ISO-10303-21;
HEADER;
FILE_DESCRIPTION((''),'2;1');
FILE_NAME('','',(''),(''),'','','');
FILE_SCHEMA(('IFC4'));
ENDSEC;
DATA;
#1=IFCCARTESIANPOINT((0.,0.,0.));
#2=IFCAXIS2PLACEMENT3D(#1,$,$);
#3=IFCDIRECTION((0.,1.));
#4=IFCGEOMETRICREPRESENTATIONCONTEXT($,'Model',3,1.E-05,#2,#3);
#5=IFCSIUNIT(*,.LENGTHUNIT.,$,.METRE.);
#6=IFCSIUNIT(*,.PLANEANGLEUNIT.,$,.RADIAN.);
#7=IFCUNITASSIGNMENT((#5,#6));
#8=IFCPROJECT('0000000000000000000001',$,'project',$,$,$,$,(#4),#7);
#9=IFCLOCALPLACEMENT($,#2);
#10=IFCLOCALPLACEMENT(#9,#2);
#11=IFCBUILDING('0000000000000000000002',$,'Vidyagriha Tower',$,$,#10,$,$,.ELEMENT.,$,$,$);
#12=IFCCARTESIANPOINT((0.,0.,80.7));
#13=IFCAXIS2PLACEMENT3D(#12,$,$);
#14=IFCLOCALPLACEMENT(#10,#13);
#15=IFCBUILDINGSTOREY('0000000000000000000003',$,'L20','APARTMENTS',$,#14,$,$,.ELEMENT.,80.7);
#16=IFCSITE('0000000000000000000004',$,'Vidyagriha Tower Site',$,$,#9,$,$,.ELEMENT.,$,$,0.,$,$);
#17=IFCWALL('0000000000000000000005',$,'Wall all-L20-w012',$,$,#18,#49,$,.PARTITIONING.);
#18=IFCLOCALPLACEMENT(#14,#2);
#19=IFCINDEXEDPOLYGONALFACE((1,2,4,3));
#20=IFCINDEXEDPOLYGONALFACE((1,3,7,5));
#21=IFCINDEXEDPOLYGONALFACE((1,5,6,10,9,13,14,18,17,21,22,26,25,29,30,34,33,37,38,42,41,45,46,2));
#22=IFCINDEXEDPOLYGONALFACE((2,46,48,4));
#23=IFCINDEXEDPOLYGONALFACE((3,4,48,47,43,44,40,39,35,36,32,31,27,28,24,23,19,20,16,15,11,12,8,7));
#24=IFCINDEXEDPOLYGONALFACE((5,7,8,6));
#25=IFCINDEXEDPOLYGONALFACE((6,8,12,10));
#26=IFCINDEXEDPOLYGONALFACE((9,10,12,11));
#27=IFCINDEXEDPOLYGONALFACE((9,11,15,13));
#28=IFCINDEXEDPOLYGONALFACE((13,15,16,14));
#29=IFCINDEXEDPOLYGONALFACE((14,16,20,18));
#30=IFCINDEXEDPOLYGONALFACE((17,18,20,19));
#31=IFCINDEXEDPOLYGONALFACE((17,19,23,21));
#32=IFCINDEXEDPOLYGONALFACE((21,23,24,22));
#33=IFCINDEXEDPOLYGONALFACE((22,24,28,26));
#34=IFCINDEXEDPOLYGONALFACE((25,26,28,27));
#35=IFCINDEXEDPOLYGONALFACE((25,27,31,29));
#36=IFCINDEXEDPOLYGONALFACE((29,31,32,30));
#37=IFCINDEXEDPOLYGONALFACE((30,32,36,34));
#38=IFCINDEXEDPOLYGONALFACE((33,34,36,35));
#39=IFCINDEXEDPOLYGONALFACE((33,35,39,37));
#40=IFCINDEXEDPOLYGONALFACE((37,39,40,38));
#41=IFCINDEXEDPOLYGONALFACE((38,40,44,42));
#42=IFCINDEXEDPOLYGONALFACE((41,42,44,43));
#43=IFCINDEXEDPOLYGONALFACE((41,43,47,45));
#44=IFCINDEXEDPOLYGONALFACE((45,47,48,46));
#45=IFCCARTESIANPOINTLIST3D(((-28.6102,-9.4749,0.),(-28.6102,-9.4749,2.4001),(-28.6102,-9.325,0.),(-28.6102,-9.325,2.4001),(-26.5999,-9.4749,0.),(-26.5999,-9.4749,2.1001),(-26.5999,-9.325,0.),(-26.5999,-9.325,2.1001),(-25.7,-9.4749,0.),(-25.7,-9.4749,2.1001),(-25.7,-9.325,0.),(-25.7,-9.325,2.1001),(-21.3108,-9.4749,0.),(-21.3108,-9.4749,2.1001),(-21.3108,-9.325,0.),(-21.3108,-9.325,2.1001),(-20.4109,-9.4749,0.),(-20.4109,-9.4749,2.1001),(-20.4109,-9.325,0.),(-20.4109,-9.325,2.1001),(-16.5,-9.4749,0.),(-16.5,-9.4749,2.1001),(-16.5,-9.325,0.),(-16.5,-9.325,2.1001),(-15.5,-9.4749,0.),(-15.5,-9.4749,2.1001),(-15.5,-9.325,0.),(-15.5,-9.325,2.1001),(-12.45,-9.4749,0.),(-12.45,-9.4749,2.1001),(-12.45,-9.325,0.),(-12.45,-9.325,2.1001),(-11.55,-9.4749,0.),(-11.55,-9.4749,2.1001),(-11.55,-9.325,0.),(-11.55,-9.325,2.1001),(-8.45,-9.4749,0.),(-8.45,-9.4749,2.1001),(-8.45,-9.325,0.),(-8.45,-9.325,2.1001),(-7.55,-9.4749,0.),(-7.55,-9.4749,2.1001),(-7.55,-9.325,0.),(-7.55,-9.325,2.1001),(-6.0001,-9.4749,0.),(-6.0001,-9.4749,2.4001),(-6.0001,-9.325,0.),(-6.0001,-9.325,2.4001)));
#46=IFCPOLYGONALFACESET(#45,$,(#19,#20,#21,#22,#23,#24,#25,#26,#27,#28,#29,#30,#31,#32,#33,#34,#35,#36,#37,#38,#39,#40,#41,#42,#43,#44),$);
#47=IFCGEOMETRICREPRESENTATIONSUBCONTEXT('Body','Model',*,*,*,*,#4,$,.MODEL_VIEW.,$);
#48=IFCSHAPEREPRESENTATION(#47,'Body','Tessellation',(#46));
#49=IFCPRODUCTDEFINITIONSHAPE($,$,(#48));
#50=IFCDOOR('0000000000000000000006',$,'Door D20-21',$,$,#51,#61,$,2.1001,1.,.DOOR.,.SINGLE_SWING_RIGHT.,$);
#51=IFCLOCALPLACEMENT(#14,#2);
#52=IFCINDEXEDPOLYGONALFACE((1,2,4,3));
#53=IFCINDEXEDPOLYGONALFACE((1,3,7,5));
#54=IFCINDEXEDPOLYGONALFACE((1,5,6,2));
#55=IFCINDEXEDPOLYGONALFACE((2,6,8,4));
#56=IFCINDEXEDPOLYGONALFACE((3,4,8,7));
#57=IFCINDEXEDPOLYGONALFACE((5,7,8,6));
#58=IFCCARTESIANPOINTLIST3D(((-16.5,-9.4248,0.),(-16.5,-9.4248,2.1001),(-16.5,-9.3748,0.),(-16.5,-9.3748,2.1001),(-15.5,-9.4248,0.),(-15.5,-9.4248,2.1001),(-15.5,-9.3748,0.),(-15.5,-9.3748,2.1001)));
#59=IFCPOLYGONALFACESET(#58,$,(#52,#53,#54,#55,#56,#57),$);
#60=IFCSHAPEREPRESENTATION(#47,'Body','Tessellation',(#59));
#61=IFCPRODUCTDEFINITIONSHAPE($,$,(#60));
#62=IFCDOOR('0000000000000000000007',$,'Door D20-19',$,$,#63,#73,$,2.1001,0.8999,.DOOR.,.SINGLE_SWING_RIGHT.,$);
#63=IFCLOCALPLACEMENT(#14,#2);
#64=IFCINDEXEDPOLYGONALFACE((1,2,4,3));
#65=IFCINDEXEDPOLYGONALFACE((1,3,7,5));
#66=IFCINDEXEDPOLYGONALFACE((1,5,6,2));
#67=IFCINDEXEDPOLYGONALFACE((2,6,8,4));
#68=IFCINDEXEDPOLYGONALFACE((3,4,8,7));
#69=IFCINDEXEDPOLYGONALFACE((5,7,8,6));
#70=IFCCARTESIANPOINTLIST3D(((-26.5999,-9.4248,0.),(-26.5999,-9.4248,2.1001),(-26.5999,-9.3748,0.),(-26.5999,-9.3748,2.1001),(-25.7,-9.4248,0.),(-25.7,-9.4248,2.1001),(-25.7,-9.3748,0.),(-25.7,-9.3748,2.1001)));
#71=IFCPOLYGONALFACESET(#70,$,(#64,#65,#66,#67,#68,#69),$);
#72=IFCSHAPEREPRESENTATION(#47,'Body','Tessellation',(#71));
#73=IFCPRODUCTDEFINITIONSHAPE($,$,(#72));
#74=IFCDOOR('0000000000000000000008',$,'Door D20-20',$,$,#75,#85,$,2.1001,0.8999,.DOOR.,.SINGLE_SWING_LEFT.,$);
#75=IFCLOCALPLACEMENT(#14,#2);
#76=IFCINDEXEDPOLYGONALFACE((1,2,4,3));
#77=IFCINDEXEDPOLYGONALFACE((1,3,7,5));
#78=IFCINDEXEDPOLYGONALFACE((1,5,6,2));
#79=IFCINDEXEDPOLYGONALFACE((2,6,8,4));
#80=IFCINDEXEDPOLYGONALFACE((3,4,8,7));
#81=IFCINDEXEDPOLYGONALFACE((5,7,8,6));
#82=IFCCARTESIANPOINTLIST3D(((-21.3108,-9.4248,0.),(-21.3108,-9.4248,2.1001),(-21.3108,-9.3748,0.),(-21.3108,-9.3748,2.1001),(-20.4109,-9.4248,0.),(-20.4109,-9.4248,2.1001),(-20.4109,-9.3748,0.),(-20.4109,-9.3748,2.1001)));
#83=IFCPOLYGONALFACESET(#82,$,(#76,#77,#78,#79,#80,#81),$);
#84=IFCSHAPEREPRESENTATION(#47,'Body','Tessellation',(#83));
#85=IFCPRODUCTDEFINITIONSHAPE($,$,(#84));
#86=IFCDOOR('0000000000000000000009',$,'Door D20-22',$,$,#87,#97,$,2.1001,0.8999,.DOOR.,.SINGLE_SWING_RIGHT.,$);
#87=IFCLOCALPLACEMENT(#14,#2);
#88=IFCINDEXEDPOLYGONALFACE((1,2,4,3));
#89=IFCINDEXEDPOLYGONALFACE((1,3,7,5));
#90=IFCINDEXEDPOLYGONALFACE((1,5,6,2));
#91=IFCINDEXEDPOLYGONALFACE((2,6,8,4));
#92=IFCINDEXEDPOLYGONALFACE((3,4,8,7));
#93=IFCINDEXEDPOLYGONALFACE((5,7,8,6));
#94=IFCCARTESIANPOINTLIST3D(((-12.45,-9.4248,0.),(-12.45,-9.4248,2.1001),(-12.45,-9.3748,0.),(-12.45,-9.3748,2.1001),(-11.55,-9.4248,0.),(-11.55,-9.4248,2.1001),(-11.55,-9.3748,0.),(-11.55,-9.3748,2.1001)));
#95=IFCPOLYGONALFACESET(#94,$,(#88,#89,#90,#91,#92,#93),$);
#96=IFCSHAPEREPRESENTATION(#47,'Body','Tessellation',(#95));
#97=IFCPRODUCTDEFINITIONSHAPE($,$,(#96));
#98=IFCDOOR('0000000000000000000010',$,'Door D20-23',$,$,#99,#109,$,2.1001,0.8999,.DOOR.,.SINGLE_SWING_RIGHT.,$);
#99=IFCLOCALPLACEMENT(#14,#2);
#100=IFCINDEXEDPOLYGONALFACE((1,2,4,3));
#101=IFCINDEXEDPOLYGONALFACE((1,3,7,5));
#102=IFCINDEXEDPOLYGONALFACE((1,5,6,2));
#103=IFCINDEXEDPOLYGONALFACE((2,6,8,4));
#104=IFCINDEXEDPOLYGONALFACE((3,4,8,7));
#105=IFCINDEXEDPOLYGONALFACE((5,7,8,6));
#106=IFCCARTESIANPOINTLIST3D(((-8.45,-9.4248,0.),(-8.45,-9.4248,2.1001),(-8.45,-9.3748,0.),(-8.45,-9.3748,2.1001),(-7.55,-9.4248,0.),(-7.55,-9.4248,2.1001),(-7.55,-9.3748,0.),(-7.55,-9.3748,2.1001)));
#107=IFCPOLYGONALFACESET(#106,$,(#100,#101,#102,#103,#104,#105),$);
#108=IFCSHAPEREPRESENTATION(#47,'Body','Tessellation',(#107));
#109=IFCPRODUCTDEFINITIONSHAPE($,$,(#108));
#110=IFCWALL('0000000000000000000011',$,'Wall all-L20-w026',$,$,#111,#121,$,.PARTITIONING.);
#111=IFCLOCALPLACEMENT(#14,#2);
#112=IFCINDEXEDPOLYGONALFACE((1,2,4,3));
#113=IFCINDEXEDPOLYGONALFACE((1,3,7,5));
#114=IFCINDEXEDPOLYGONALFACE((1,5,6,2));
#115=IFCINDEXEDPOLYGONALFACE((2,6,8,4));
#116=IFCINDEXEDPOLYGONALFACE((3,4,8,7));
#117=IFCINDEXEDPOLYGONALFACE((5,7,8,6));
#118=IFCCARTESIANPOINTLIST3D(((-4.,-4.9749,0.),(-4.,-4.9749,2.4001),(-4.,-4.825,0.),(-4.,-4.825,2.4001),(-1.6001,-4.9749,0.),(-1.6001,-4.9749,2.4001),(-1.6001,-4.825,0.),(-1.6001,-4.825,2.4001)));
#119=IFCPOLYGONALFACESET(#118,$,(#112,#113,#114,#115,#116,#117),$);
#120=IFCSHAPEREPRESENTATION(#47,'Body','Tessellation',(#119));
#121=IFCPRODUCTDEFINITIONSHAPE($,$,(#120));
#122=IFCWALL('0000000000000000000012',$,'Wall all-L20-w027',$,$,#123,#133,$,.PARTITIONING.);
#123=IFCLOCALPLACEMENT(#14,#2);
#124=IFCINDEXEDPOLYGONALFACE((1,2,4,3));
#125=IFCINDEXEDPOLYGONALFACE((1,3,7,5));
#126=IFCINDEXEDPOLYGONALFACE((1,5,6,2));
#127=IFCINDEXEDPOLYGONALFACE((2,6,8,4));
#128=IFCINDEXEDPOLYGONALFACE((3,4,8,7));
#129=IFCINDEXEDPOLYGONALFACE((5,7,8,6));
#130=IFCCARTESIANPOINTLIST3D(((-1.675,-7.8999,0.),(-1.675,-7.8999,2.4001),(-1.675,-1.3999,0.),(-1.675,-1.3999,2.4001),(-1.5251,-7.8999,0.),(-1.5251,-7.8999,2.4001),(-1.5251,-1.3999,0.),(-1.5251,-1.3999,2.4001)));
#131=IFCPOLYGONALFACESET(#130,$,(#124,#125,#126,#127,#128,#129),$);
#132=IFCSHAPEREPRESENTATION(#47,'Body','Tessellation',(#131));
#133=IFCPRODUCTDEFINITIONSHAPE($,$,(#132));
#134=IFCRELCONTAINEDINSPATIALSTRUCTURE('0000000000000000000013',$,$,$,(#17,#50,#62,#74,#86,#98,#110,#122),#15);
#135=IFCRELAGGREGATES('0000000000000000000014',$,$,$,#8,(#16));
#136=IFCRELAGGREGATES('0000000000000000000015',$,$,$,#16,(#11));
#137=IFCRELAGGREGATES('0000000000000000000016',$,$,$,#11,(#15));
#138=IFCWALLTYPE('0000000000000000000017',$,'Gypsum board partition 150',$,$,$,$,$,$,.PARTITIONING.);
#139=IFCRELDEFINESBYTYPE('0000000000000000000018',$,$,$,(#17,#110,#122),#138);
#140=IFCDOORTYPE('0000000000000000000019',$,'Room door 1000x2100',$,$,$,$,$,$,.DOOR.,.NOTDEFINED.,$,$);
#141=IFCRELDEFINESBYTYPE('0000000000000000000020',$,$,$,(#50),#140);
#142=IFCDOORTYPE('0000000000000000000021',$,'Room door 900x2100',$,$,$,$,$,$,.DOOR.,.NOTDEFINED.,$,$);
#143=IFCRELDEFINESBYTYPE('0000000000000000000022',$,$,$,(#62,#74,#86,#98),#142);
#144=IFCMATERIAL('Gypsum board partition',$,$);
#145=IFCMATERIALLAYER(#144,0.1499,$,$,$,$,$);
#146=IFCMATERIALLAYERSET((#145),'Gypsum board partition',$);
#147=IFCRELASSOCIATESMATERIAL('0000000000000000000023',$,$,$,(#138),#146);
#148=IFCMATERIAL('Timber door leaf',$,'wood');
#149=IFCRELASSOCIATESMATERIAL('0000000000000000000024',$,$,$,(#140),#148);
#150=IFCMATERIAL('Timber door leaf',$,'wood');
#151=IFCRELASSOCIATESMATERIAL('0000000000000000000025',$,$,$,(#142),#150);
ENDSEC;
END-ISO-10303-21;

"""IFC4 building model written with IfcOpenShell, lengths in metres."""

from ifc_helpers import new_model, si_unit, direction, frame, frame_2d, origin, place, context, subcontext, project, spatial, rectangle, extrude, material, layer, layer_set, type_object, element, fill, save


model = new_model("IFC4")

# Units and contexts
model_context = context("Model", 3, precision=1e-05, world=origin(), true_north=direction((0.0, 1.0)))
body_context = subcontext(model_context, "Body", "Model", "MODEL_VIEW")
ifc_project = project(units=[si_unit("LENGTHUNIT", "METRE"), si_unit("PLANEANGLEUNIT", "RADIAN")], contexts=[model_context])

# Site, building, storey
site_placement = place(None, origin())
site = spatial("IfcSite", under=ifc_project, at=site_placement, Name="Vidyagriha Tower Site", CompositionType="ELEMENT", RefElevation=0.0)
building_placement = place(site_placement, origin())
building = spatial("IfcBuilding", under=site, at=building_placement, Name="Vidyagriha Tower", CompositionType="ELEMENT")
storey_placement = place(building_placement, frame((0.0, 0.0, 80.7)))
storey = spatial("IfcBuildingStorey", under=building, at=storey_placement, Name="L20", Description="APARTMENTS", CompositionType="ELEMENT", Elevation=80.7)

# Shared definitions
ifc_material_1 = material(Name="Gypsum board partition")
ifc_layer_1 = layer(ifc_material_1, 0.1499)
ifc_layer_set_1 = layer_set([ifc_layer_1], Name="Gypsum board partition")
wall_type_1 = type_object("IfcWallType", Name="Gypsum board partition 150", PredefinedType="PARTITIONING", material=ifc_layer_set_1)

# Wall, openings, doors
wall_1_placement = place(storey_placement, frame((-6.0, -9.3999, 0.0), z_axis=(0.0, 0.0, 1.0), x_axis=(-1.0, 0.0, 0.0)))
wall_1 = element("IfcWall", 1, at=wall_1_placement, inside=storey, type_object=wall_type_1, Name="Wall all-L20-w012", PredefinedType="PARTITIONING", context=body_context, shape_type="SweptSolid", body=[
    extrude(rectangle(XDim=22.6101, YDim=0.1499, at=frame_2d((11.3052, 0.0))), origin(), (0.0, 0.0, 1.0), 2.4001),
])
opening_1_placement = place(wall_1_placement, frame((19.7, 0.0, 0.0)))
opening_1 = element("IfcOpeningElement", 2, at=opening_1_placement, cuts=wall_1, PredefinedType="OPENING", context=body_context, shape_type="SweptSolid", body=[
    extrude(rectangle(XDim=0.8999, YDim=2.1001, at=frame_2d((0.45, 1.05))), frame((0.0, 0.085, 0.0), z_axis=(0.0, -1.0, 0.0), x_axis=(1.0, 0.0, 0.0)), (0.0, 0.0, 1.0), 0.1699),
])
opening_2_placement = place(wall_1_placement, frame((14.4109, 0.0, 0.0)))
opening_2 = element("IfcOpeningElement", 3, at=opening_2_placement, cuts=wall_1, PredefinedType="OPENING", context=body_context, shape_type="SweptSolid", body=[
    extrude(rectangle(XDim=0.8999, YDim=2.1001, at=frame_2d((0.45, 1.05))), frame((0.0, 0.085, 0.0), z_axis=(0.0, -1.0, 0.0), x_axis=(1.0, 0.0, 0.0)), (0.0, 0.0, 1.0), 0.1699),
])
opening_3_placement = place(wall_1_placement, frame((9.5, 0.0, 0.0)))
opening_3 = element("IfcOpeningElement", 4, at=opening_3_placement, cuts=wall_1, PredefinedType="OPENING", context=body_context, shape_type="SweptSolid", body=[
    extrude(rectangle(XDim=1.0, YDim=2.1001, at=frame_2d((0.5, 1.05))), frame((0.0, 0.085, 0.0), z_axis=(0.0, -1.0, 0.0), x_axis=(1.0, 0.0, 0.0)), (0.0, 0.0, 1.0), 0.1699),
])
opening_4_placement = place(wall_1_placement, frame((5.55, 0.0, 0.0)))
opening_4 = element("IfcOpeningElement", 5, at=opening_4_placement, cuts=wall_1, PredefinedType="OPENING", context=body_context, shape_type="SweptSolid", body=[
    extrude(rectangle(XDim=0.8999, YDim=2.1001, at=frame_2d((0.45, 1.05))), frame((0.0, 0.085, 0.0), z_axis=(0.0, -1.0, 0.0), x_axis=(1.0, 0.0, 0.0)), (0.0, 0.0, 1.0), 0.1699),
])
opening_5_placement = place(wall_1_placement, frame((1.55, 0.0, 0.0)))
opening_5 = element("IfcOpeningElement", 6, at=opening_5_placement, cuts=wall_1, PredefinedType="OPENING", context=body_context, shape_type="SweptSolid", body=[
    extrude(rectangle(XDim=0.8999, YDim=2.1001, at=frame_2d((0.45, 1.05))), frame((0.0, 0.085, 0.0), z_axis=(0.0, -1.0, 0.0), x_axis=(1.0, 0.0, 0.0)), (0.0, 0.0, 1.0), 0.1699),
])
ifc_material_2 = material(Name="Timber door leaf", Category="wood")
door_type_1 = type_object("IfcDoorType", Name="Room door 1000x2100", OperationType="NOTDEFINED", PredefinedType="DOOR", material=ifc_material_2)
door_1_placement = place(opening_3_placement, origin())
door_1 = element("IfcDoor", 7, at=door_1_placement, inside=storey, type_object=door_type_1, Name="Door D20-21", OperationType="SINGLE_SWING_RIGHT", OverallHeight=2.1001, OverallWidth=1.0, PredefinedType="DOOR", context=body_context, shape_type="SweptSolid", body=[
    extrude(rectangle(XDim=1.0, YDim=2.1001, at=frame_2d((0.5, 1.05))), frame((0.0, 0.0249, 0.0), z_axis=(0.0, -1.0, 0.0), x_axis=(1.0, 0.0, 0.0)), (0.0, 0.0, 1.0), 0.05),
])
fill(opening_3, door_1)
ifc_material_3 = material(Name="Timber door leaf", Category="wood")
door_type_2 = type_object("IfcDoorType", Name="Room door 900x2100", OperationType="NOTDEFINED", PredefinedType="DOOR", material=ifc_material_3)
door_2_placement = place(opening_1_placement, origin())
door_2 = element("IfcDoor", 8, at=door_2_placement, inside=storey, type_object=door_type_2, Name="Door D20-19", OperationType="SINGLE_SWING_RIGHT", OverallHeight=2.1001, OverallWidth=0.8999, PredefinedType="DOOR", context=body_context, shape_type="SweptSolid", body=[
    extrude(rectangle(XDim=0.8999, YDim=2.1001, at=frame_2d((0.45, 1.05))), frame((0.0, 0.0249, 0.0), z_axis=(0.0, -1.0, 0.0), x_axis=(1.0, 0.0, 0.0)), (0.0, 0.0, 1.0), 0.05),
])
fill(opening_1, door_2)
door_3_placement = place(opening_2_placement, origin())
door_3 = element("IfcDoor", 9, at=door_3_placement, inside=storey, type_object=door_type_2, Name="Door D20-20", OperationType="SINGLE_SWING_LEFT", OverallHeight=2.1001, OverallWidth=0.8999, PredefinedType="DOOR", context=body_context, shape_type="SweptSolid", body=[
    extrude(rectangle(XDim=0.8999, YDim=2.1001, at=frame_2d((0.45, 1.05))), frame((0.0, 0.0249, 0.0), z_axis=(0.0, -1.0, 0.0), x_axis=(1.0, 0.0, 0.0)), (0.0, 0.0, 1.0), 0.05),
])
fill(opening_2, door_3)
door_4_placement = place(opening_4_placement, origin())
door_4 = element("IfcDoor", 10, at=door_4_placement, inside=storey, type_object=door_type_2, Name="Door D20-22", OperationType="SINGLE_SWING_RIGHT", OverallHeight=2.1001, OverallWidth=0.8999, PredefinedType="DOOR", context=body_context, shape_type="SweptSolid", body=[
    extrude(rectangle(XDim=0.8999, YDim=2.1001, at=frame_2d((0.45, 1.05))), frame((0.0, 0.0249, 0.0), z_axis=(0.0, -1.0, 0.0), x_axis=(1.0, 0.0, 0.0)), (0.0, 0.0, 1.0), 0.05),
])
fill(opening_4, door_4)
door_5_placement = place(opening_5_placement, origin())
door_5 = element("IfcDoor", 11, at=door_5_placement, inside=storey, type_object=door_type_2, Name="Door D20-23", OperationType="SINGLE_SWING_RIGHT", OverallHeight=2.1001, OverallWidth=0.8999, PredefinedType="DOOR", context=body_context, shape_type="SweptSolid", body=[
    extrude(rectangle(XDim=0.8999, YDim=2.1001, at=frame_2d((0.45, 1.05))), frame((0.0, 0.0249, 0.0), z_axis=(0.0, -1.0, 0.0), x_axis=(1.0, 0.0, 0.0)), (0.0, 0.0, 1.0), 0.05),
])
fill(opening_5, door_5)

# Walls
wall_2_placement = place(storey_placement, frame((-1.6001, -4.8999, 0.0), z_axis=(0.0, 0.0, 1.0), x_axis=(-1.0, 0.0, 0.0)))
element("IfcWall", 12, at=wall_2_placement, inside=storey, type_object=wall_type_1, Name="Wall all-L20-w026", PredefinedType="PARTITIONING", context=body_context, shape_type="SweptSolid", body=[
    extrude(rectangle(XDim=2.3999, YDim=0.1499, at=frame_2d((1.2, 0.0))), origin(), (0.0, 0.0, 1.0), 2.4001),
])
wall_3_placement = place(storey_placement, frame((-1.6001, -1.3999, 0.0), z_axis=(0.0, 0.0, 1.0), x_axis=(0.0, -1.0, 0.0)))
element("IfcWall", 13, at=wall_3_placement, inside=storey, type_object=wall_type_1, Name="Wall all-L20-w027", PredefinedType="PARTITIONING", context=body_context, shape_type="SweptSolid", body=[
    extrude(rectangle(XDim=6.5, YDim=0.1499, at=frame_2d((3.25, 0.0))), origin(), (0.0, 0.0, 1.0), 2.4001),
])

save(model, "model.ifc")
